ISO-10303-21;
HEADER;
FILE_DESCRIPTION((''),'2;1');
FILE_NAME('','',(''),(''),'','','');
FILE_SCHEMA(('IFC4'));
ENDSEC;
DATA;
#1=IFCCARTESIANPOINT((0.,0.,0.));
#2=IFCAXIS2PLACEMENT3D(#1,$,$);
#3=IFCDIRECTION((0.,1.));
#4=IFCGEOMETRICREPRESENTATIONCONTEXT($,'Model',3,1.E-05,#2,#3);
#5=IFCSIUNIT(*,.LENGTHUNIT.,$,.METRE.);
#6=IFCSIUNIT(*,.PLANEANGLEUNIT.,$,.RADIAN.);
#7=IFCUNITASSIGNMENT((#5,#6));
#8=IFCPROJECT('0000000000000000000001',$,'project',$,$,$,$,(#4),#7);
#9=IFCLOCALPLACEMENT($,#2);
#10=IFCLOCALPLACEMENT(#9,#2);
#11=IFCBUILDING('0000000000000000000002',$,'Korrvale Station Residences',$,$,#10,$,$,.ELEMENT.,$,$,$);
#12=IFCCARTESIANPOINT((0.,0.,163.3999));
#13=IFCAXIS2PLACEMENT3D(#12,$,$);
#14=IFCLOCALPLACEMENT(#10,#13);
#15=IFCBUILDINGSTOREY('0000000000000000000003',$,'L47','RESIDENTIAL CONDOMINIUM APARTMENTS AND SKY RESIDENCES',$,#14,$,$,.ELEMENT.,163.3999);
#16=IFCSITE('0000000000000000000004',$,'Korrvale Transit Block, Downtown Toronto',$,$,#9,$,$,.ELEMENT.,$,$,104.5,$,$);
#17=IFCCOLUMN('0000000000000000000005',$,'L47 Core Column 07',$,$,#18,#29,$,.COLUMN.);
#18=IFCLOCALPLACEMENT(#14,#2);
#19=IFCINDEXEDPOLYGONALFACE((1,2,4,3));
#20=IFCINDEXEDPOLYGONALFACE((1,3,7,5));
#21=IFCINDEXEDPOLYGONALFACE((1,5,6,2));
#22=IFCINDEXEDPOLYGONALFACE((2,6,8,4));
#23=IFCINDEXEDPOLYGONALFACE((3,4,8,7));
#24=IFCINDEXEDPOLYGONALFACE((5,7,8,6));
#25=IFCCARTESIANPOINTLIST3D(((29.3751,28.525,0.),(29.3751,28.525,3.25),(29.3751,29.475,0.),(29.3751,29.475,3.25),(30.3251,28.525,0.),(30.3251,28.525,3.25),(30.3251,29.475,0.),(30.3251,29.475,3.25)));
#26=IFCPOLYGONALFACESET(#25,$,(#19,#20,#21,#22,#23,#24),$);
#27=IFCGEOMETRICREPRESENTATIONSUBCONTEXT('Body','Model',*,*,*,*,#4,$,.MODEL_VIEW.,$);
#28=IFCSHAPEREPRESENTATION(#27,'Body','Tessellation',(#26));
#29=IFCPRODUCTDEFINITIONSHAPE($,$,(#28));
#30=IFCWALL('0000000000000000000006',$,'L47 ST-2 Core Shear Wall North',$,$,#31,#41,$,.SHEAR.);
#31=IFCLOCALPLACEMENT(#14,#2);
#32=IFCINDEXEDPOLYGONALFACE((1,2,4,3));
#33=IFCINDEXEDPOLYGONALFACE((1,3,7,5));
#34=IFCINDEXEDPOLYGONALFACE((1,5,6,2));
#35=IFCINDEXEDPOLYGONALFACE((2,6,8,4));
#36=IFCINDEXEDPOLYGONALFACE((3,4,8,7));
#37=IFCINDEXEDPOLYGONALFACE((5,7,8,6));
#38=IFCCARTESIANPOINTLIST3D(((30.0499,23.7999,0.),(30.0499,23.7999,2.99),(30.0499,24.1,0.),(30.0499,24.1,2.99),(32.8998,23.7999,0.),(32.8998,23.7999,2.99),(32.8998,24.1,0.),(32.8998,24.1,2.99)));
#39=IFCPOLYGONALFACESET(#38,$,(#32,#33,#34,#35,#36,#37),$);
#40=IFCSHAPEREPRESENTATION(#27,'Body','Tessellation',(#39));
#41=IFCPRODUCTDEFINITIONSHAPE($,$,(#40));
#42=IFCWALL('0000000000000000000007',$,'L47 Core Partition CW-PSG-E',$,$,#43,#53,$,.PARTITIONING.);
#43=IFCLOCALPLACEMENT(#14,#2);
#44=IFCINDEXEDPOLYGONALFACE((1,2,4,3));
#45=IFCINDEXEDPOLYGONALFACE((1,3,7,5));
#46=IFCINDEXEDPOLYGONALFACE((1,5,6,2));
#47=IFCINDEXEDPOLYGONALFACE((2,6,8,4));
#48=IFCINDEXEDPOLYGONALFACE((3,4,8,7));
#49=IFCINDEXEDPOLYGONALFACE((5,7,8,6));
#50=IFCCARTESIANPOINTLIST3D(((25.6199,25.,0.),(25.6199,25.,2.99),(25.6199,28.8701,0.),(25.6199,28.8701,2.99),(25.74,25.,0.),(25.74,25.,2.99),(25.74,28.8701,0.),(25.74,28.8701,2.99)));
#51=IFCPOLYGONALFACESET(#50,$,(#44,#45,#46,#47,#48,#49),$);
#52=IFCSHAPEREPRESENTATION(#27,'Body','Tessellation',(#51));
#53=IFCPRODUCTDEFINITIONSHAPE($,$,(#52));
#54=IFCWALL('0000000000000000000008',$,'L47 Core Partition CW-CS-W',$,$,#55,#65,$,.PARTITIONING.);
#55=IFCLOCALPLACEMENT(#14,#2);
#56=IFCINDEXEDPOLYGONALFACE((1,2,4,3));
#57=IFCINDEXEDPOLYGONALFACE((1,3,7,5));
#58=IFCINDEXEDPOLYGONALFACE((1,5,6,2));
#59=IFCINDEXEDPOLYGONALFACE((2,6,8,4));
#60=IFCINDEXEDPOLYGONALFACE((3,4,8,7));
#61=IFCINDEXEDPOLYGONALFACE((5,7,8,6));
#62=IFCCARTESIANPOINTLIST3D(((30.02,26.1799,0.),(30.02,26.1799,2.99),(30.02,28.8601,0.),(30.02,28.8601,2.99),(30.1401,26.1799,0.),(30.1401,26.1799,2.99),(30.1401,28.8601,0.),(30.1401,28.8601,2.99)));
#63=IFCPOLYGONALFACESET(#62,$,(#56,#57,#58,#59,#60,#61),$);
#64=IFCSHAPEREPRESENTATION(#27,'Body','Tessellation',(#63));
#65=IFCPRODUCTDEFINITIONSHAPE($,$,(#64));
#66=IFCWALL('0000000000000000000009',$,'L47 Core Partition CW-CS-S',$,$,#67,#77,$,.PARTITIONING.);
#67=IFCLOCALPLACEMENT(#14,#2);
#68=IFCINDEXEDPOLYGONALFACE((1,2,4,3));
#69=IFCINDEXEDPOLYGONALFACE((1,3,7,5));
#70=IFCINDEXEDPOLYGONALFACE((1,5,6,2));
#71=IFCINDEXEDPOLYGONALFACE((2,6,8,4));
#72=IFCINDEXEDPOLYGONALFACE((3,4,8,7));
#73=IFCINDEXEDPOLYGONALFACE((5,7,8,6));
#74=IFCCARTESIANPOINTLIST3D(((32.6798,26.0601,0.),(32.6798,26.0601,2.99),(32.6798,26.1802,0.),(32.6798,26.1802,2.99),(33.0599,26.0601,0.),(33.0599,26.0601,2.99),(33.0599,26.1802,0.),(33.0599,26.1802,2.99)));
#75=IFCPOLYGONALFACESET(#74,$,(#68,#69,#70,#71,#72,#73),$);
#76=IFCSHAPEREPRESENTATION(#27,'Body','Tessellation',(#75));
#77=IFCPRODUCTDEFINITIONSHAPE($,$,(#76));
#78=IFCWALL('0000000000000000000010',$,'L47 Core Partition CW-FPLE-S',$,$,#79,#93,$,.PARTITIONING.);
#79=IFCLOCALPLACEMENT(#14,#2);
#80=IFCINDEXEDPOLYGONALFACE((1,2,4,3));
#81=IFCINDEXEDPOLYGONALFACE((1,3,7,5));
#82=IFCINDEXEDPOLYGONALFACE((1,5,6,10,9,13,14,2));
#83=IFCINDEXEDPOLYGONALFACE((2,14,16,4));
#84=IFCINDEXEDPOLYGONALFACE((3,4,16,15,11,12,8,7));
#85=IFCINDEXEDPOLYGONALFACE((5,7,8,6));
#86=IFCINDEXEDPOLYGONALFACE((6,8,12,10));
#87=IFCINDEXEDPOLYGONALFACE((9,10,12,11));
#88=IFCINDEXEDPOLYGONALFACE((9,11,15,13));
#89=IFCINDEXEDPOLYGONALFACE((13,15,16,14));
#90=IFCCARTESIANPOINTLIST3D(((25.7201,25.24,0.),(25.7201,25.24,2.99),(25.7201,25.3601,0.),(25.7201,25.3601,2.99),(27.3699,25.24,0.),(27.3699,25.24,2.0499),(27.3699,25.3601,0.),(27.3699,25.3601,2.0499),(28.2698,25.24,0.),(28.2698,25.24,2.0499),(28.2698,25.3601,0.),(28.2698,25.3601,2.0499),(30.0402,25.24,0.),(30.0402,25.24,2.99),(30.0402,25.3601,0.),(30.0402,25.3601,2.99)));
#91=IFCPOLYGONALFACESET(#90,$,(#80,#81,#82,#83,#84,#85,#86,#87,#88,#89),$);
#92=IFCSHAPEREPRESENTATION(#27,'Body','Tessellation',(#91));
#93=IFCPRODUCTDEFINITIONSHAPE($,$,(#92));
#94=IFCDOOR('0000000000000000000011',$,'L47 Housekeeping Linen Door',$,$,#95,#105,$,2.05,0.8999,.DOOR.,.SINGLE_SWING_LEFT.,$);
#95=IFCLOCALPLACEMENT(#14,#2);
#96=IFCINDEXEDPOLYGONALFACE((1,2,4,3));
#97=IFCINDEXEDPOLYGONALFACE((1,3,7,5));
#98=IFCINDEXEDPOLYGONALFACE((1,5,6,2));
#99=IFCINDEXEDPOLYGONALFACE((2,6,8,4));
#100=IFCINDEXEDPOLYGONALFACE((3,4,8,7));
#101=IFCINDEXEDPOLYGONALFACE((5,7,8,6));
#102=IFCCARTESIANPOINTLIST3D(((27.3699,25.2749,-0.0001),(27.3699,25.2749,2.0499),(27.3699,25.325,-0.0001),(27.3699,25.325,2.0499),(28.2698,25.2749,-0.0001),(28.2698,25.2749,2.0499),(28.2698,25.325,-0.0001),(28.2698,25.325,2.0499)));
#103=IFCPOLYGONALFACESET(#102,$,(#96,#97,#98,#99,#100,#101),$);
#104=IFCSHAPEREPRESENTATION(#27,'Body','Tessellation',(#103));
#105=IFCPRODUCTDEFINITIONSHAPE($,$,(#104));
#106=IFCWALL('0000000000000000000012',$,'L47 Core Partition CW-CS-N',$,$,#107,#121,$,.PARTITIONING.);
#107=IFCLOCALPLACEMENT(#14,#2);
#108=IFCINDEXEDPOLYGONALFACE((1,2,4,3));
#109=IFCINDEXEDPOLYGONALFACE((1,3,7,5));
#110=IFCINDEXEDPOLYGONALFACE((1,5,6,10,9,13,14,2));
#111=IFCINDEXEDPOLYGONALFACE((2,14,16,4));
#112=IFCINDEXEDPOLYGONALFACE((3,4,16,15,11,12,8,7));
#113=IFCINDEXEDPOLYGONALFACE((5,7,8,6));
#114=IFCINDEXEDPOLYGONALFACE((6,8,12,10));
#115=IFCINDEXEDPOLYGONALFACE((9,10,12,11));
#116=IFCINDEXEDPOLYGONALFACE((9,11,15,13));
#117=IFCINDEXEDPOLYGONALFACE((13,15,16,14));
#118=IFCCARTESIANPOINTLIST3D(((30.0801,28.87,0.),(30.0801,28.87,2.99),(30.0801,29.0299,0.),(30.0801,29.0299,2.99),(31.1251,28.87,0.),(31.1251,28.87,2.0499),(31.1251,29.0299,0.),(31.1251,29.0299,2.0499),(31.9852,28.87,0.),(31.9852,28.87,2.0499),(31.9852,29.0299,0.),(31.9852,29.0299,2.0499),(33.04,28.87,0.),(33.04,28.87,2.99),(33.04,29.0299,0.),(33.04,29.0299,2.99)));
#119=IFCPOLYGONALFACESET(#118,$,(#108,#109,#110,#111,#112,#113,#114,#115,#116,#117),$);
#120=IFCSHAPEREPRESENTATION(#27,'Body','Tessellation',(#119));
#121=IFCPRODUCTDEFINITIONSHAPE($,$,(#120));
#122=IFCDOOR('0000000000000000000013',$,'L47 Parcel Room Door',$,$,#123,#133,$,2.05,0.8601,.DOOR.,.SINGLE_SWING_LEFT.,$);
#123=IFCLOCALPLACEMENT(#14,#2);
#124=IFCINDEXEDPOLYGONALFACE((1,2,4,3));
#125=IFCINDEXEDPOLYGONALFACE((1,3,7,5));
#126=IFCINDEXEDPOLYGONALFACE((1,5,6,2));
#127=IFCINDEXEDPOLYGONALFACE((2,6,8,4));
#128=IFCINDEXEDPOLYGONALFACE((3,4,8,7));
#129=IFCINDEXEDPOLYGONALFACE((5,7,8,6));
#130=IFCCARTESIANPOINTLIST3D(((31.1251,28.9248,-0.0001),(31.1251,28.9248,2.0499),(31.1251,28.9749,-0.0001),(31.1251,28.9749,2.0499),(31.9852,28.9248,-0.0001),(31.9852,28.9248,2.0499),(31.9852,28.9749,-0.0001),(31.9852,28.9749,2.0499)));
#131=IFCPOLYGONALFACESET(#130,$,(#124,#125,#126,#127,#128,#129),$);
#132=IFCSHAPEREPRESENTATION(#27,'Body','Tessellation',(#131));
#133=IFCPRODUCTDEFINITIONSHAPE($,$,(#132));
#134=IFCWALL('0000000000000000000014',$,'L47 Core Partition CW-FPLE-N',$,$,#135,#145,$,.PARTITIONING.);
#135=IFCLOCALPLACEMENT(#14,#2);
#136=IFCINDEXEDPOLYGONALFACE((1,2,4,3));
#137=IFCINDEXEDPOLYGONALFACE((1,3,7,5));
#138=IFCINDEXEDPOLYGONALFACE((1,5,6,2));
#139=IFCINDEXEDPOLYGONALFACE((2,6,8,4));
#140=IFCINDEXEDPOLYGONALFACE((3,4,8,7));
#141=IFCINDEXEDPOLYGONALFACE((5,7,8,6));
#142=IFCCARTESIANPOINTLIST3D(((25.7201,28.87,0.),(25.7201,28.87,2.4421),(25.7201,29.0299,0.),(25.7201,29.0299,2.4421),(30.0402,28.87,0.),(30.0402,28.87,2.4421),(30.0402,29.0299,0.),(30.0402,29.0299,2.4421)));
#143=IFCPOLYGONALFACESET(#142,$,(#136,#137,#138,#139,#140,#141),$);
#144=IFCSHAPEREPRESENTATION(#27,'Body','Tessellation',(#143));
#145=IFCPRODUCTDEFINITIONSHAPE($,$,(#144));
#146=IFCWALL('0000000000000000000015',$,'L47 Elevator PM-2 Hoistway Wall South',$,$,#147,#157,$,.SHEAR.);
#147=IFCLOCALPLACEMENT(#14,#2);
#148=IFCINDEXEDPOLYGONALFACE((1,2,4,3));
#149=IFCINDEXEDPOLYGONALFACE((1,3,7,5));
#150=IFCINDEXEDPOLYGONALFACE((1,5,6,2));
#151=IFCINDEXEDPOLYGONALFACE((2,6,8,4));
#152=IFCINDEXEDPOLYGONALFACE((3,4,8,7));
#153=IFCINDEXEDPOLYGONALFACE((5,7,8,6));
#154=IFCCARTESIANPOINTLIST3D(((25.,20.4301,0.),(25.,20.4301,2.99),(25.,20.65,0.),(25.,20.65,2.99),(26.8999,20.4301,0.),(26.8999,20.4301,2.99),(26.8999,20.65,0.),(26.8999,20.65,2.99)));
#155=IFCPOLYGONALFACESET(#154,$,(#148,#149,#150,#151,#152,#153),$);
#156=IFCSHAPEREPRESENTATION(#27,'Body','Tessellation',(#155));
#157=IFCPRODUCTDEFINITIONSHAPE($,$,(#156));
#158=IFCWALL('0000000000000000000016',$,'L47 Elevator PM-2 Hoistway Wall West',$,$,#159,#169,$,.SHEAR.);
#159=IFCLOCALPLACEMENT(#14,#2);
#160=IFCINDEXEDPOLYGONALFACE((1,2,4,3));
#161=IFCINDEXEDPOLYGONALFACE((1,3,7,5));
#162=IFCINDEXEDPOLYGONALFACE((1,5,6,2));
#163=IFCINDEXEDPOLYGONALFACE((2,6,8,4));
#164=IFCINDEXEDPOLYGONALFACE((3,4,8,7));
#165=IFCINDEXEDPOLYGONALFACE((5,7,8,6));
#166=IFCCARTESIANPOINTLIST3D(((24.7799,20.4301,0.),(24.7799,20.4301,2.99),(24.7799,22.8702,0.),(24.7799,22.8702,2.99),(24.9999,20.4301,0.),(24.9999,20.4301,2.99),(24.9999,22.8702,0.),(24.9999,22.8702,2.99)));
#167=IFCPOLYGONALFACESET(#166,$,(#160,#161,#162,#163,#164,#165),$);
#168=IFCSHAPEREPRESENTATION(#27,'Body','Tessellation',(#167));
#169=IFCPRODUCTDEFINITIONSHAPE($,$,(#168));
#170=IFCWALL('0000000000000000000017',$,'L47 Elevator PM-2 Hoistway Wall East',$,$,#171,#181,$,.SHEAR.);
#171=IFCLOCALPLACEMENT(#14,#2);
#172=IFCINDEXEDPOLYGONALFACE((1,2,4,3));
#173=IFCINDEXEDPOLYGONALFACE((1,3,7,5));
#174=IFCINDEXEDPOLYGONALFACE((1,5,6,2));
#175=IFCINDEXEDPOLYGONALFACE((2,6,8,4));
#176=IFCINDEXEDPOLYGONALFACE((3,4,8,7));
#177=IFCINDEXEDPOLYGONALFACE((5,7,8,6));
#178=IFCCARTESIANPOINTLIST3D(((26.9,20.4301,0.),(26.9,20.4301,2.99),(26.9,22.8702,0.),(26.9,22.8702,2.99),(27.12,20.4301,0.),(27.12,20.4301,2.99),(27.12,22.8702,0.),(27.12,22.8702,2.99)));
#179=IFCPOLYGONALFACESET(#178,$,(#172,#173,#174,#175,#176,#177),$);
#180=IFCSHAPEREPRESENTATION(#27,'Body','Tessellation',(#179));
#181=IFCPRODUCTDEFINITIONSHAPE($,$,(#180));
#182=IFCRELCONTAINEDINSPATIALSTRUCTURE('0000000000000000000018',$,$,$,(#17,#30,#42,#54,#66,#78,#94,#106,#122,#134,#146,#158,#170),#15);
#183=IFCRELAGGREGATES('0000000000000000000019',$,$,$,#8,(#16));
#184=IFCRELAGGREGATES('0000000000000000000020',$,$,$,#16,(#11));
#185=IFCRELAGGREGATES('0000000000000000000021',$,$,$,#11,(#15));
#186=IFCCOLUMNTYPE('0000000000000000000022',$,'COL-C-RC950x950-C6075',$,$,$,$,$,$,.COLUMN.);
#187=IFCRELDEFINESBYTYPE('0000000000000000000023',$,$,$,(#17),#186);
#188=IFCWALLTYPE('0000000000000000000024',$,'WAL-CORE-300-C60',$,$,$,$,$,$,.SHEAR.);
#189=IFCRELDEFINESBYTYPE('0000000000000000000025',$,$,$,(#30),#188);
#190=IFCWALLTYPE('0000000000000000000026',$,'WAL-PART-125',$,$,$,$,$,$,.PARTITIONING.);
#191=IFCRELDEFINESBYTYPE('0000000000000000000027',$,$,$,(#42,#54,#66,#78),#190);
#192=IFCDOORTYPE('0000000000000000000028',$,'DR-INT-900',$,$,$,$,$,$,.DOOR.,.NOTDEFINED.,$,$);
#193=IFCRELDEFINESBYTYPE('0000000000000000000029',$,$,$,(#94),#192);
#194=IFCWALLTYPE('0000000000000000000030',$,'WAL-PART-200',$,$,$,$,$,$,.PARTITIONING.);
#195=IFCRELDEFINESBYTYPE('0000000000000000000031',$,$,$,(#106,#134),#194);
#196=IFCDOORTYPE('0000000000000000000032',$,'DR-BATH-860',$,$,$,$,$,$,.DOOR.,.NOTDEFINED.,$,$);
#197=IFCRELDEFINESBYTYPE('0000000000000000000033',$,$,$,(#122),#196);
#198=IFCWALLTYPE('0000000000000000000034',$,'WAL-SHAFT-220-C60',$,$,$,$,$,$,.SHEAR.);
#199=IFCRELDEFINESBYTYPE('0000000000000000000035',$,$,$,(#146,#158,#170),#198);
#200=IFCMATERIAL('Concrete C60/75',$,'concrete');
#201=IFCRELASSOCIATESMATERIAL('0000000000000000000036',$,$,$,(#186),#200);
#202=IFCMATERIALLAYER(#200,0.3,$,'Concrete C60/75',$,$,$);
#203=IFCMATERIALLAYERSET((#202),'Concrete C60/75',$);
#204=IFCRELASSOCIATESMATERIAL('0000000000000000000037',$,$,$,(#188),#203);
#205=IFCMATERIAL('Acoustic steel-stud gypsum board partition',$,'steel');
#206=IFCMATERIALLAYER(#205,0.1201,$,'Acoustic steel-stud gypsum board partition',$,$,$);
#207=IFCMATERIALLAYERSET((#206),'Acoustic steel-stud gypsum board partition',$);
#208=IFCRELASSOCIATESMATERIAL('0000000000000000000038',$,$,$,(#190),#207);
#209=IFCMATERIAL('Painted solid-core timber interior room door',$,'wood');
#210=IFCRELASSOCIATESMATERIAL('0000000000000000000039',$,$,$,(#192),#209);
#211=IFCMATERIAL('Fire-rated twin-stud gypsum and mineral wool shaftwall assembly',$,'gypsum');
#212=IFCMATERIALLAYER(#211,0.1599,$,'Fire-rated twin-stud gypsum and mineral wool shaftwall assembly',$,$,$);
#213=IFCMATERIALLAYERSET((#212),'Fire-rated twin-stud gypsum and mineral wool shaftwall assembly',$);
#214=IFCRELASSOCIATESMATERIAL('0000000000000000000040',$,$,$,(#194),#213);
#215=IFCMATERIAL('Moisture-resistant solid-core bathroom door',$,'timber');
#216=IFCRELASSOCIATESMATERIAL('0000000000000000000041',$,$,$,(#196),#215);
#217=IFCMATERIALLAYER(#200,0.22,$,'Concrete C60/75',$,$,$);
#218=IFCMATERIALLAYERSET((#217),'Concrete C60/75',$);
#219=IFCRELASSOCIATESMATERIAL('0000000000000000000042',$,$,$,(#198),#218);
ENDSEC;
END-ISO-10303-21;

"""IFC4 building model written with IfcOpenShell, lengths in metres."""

from ifc_helpers import new_model, si_unit, direction, frame, frame_2d, origin, origin_2d, place, context, subcontext, project, spatial, rectangle, extrude, material, layer, layer_set, material_profile, profile_set, type_object, element, fill, save


model = new_model("IFC4")

# Units and contexts
model_context = context("Model", 3, precision=1e-05, world=origin(), true_north=direction((0.0, 1.0)))
body_context = subcontext(model_context, "Body", "Model", "MODEL_VIEW")
ifc_project = project(units=[si_unit("LENGTHUNIT", "METRE"), si_unit("PLANEANGLEUNIT", "RADIAN")], contexts=[model_context])

# Site, building, storey
site_placement = place(None, origin())
site = spatial("IfcSite", under=ifc_project, at=site_placement, Name="Korrvale Transit Block, Downtown Toronto", CompositionType="ELEMENT", RefElevation=104.5)
building_placement = place(site_placement, origin())
building = spatial("IfcBuilding", under=site, at=building_placement, Name="Korrvale Station Residences", CompositionType="ELEMENT")
storey_placement = place(building_placement, frame((0.0, 0.0, 163.3999)))
storey = spatial("IfcBuildingStorey", under=building, at=storey_placement, Name="L47", Description="RESIDENTIAL CONDOMINIUM APARTMENTS AND SKY RESIDENCES", CompositionType="ELEMENT", Elevation=163.3999)

# Column
ifc_material_1 = material(Name="Concrete C60/75", Category="concrete")
ifc_material_profile = material_profile(ifc_material_1, rectangle(XDim=0.95, YDim=0.95, at=origin_2d()), Name="RC950x950")
ifc_profile_set = profile_set([ifc_material_profile], Name="Concrete C60/75")
column_type = type_object("IfcColumnType", Name="COL-C-RC950x950-C6075", PredefinedType="COLUMN", material=ifc_profile_set)
column_placement = place(storey_placement, frame((29.8501, 29.0, 0.0), z_axis=(0.0, 0.0, 1.0), x_axis=(1.0, 0.0, 0.0)))
element("IfcColumn", 1, at=column_placement, inside=storey, type_object=column_type, Name="L47 Core Column 07", PredefinedType="COLUMN", context=body_context, shape_type="SweptSolid", body=[
    extrude(rectangle(XDim=0.95, YDim=0.95, at=origin_2d()), origin(), (0.0, 0.0, 1.0), 3.25),
])

# Walls
ifc_layer_1 = layer(ifc_material_1, 0.3, Name="Concrete C60/75")
ifc_layer_set_1 = layer_set([ifc_layer_1], Name="Concrete C60/75")
wall_type_1 = type_object("IfcWallType", Name="WAL-CORE-300-C60", PredefinedType="SHEAR", material=ifc_layer_set_1)
wall_1_placement = place(storey_placement, frame((30.05, 23.95, 0.0), z_axis=(0.0, 0.0, 1.0), x_axis=(1.0, 0.0, 0.0)))
element("IfcWall", 2, at=wall_1_placement, inside=storey, type_object=wall_type_1, Name="L47 ST-2 Core Shear Wall North", PredefinedType="SHEAR", context=body_context, shape_type="SweptSolid", body=[
    extrude(rectangle(XDim=2.8499, YDim=0.3, at=frame_2d((1.4248, 0.0))), origin(), (0.0, 0.0, 1.0), 2.99),
])
ifc_material_2 = material(Name="Acoustic steel-stud gypsum board partition", Category="steel")
ifc_layer_2 = layer(ifc_material_2, 0.1201, Name="Acoustic steel-stud gypsum board partition")
ifc_layer_set_2 = layer_set([ifc_layer_2], Name="Acoustic steel-stud gypsum board partition")
wall_type_2 = type_object("IfcWallType", Name="WAL-PART-125", PredefinedType="PARTITIONING", material=ifc_layer_set_2)
wall_2_placement = place(storey_placement, frame((25.6799, 25.0, 0.0), z_axis=(0.0, 0.0, 1.0), x_axis=(0.0, 1.0, 0.0)))
element("IfcWall", 3, at=wall_2_placement, inside=storey, type_object=wall_type_2, Name="L47 Core Partition CW-PSG-E", PredefinedType="PARTITIONING", context=body_context, shape_type="SweptSolid", body=[
    extrude(rectangle(XDim=3.8701, YDim=0.1201, at=frame_2d((1.9351, 0.0))), origin(), (0.0, 0.0, 1.0), 2.99),
])
wall_3_placement = place(storey_placement, frame((30.0801, 26.1799, 0.0), z_axis=(0.0, 0.0, 1.0), x_axis=(0.0, 1.0, 0.0)))
element("IfcWall", 4, at=wall_3_placement, inside=storey, type_object=wall_type_2, Name="L47 Core Partition CW-CS-W", PredefinedType="PARTITIONING", context=body_context, shape_type="SweptSolid", body=[
    extrude(rectangle(XDim=2.6802, YDim=0.1201, at=frame_2d((1.3401, 0.0))), origin(), (0.0, 0.0, 1.0), 2.99),
])
wall_4_placement = place(storey_placement, frame((32.6799, 26.1201, 0.0), z_axis=(0.0, 0.0, 1.0), x_axis=(1.0, 0.0, 0.0)))
element("IfcWall", 5, at=wall_4_placement, inside=storey, type_object=wall_type_2, Name="L47 Core Partition CW-CS-S", PredefinedType="PARTITIONING", context=body_context, shape_type="SweptSolid", body=[
    extrude(rectangle(XDim=0.3801, YDim=0.1201, at=frame_2d((0.1899, 0.0))), origin(), (0.0, 0.0, 1.0), 2.99),
])

# Walls, openings, doors
wall_5_placement = place(storey_placement, frame((25.72, 25.3, 0.0), z_axis=(0.0, 0.0, 1.0), x_axis=(1.0, 0.0, 0.0)))
wall_5 = element("IfcWall", 6, at=wall_5_placement, inside=storey, type_object=wall_type_2, Name="L47 Core Partition CW-FPLE-S", PredefinedType="PARTITIONING", context=body_context, shape_type="SweptSolid", body=[
    extrude(rectangle(XDim=4.3201, YDim=0.1201, at=frame_2d((2.1602, 0.0))), origin(), (0.0, 0.0, 1.0), 2.99),
])
opening_1_placement = place(wall_5_placement, frame((1.6499, 0.0, 0.0)))
opening_1 = element("IfcOpeningElement", 7, at=opening_1_placement, cuts=wall_5, PredefinedType="OPENING", context=body_context, shape_type="SweptSolid", body=[
    extrude(rectangle(XDim=0.8999, YDim=2.05, at=frame_2d((0.45, 1.0249))), frame((0.0, 0.0701, 0.0), z_axis=(0.0, -1.0, 0.0), x_axis=(1.0, 0.0, 0.0)), (0.0, 0.0, 1.0), 0.1401),
])
ifc_material_3 = material(Name="Painted solid-core timber interior room door", Category="wood")
door_type_1 = type_object("IfcDoorType", Name="DR-INT-900", OperationType="NOTDEFINED", PredefinedType="DOOR", material=ifc_material_3)
door_1_placement = place(opening_1_placement, origin())
door_1 = element("IfcDoor", 8, at=door_1_placement, inside=storey, type_object=door_type_1, Name="L47 Housekeeping Linen Door", OperationType="SINGLE_SWING_LEFT", OverallHeight=2.05, OverallWidth=0.8999, PredefinedType="DOOR", context=body_context, shape_type="SweptSolid", body=[
    extrude(rectangle(XDim=0.8999, YDim=2.05, at=frame_2d((0.45, 1.0249))), frame((0.0, 0.0249, 0.0), z_axis=(0.0, -1.0, 0.0), x_axis=(1.0, 0.0, 0.0)), (0.0, 0.0, 1.0), 0.05),
])
fill(opening_1, door_1)
ifc_material_4 = material(Name="Fire-rated twin-stud gypsum and mineral wool shaftwall assembly", Category="gypsum")
ifc_layer_3 = layer(ifc_material_4, 0.1599, Name="Fire-rated twin-stud gypsum and mineral wool shaftwall assembly")
ifc_layer_set_3 = layer_set([ifc_layer_3], Name="Fire-rated twin-stud gypsum and mineral wool shaftwall assembly")
wall_type_3 = type_object("IfcWallType", Name="WAL-PART-200", PredefinedType="PARTITIONING", material=ifc_layer_set_3)
wall_6_placement = place(storey_placement, frame((30.0801, 28.95, 0.0), z_axis=(0.0, 0.0, 1.0), x_axis=(1.0, 0.0, 0.0)))
wall_6 = element("IfcWall", 9, at=wall_6_placement, inside=storey, type_object=wall_type_3, Name="L47 Core Partition CW-CS-N", PredefinedType="PARTITIONING", context=body_context, shape_type="SweptSolid", body=[
    extrude(rectangle(XDim=2.96, YDim=0.1599, at=frame_2d((1.48, 0.0))), origin(), (0.0, 0.0, 1.0), 2.99),
])
opening_2_placement = place(wall_6_placement, frame((1.0449, 0.0, 0.0)))
opening_2 = element("IfcOpeningElement", 10, at=opening_2_placement, cuts=wall_6, PredefinedType="OPENING", context=body_context, shape_type="SweptSolid", body=[
    extrude(rectangle(XDim=0.8601, YDim=2.05, at=frame_2d((0.4302, 1.0249))), frame((0.0, 0.0898, 0.0), z_axis=(0.0, -1.0, 0.0), x_axis=(1.0, 0.0, 0.0)), (0.0, 0.0, 1.0), 0.1799),
])
ifc_material_5 = material(Name="Moisture-resistant solid-core bathroom door", Category="timber")
door_type_2 = type_object("IfcDoorType", Name="DR-BATH-860", OperationType="NOTDEFINED", PredefinedType="DOOR", material=ifc_material_5)
door_2_placement = place(opening_2_placement, origin())
door_2 = element("IfcDoor", 11, at=door_2_placement, inside=storey, type_object=door_type_2, Name="L47 Parcel Room Door", OperationType="SINGLE_SWING_LEFT", OverallHeight=2.05, OverallWidth=0.8601, PredefinedType="DOOR", context=body_context, shape_type="SweptSolid", body=[
    extrude(rectangle(XDim=0.8601, YDim=2.05, at=frame_2d((0.4302, 1.0249))), frame((0.0, 0.0249, 0.0), z_axis=(0.0, -1.0, 0.0), x_axis=(1.0, 0.0, 0.0)), (0.0, 0.0, 1.0), 0.05),
])
fill(opening_2, door_2)

# Walls
wall_7_placement = place(storey_placement, frame((25.72, 28.95, 0.0), z_axis=(0.0, 0.0, 1.0), x_axis=(1.0, 0.0, 0.0)))
element("IfcWall", 12, at=wall_7_placement, inside=storey, type_object=wall_type_3, Name="L47 Core Partition CW-FPLE-N", PredefinedType="PARTITIONING", context=body_context, shape_type="SweptSolid", body=[
    extrude(rectangle(XDim=4.3201, YDim=0.1599, at=frame_2d((2.1602, 0.0))), origin(), (0.0, 0.0, 1.0), 2.4421),
])
ifc_layer_4 = layer(ifc_material_1, 0.22, Name="Concrete C60/75")
ifc_layer_set_4 = layer_set([ifc_layer_4], Name="Concrete C60/75")
wall_type_4 = type_object("IfcWallType", Name="WAL-SHAFT-220-C60", PredefinedType="SHEAR", material=ifc_layer_set_4)
wall_8_placement = place(storey_placement, frame((25.0, 20.54, 0.0), z_axis=(0.0, 0.0, 1.0), x_axis=(1.0, 0.0, 0.0)))
element("IfcWall", 13, at=wall_8_placement, inside=storey, type_object=wall_type_4, Name="L47 Elevator PM-2 Hoistway Wall South", PredefinedType="SHEAR", context=body_context, shape_type="SweptSolid", body=[
    extrude(rectangle(XDim=1.8999, YDim=0.22, at=frame_2d((0.95, 0.0))), origin(), (0.0, 0.0, 1.0), 2.99),
])

# Walls
for number, where, z_axis, x_axis, name in (
    (14, (24.8899, 20.4299, 0.0), (0.0, 0.0, 1.0), (0.0, 1.0, 0.0), "L47 Elevator PM-2 Hoistway Wall West"),
    (15, (27.01, 20.4299, 0.0), (0.0, 0.0, 1.0), (0.0, 1.0, 0.0), "L47 Elevator PM-2 Hoistway Wall East"),
):
    element("IfcWall", number, at=place(storey_placement, frame(where, z_axis=z_axis, x_axis=x_axis)), inside=storey, type_object=wall_type_4, Name=name, PredefinedType="SHEAR", context=body_context, shape_type="SweptSolid", body=[
        extrude(rectangle(XDim=2.4402, YDim=0.22, at=frame_2d((1.2202, 0.0))), origin(), (0.0, 0.0, 1.0), 2.99),
    ])

save(model, "model.ifc")
